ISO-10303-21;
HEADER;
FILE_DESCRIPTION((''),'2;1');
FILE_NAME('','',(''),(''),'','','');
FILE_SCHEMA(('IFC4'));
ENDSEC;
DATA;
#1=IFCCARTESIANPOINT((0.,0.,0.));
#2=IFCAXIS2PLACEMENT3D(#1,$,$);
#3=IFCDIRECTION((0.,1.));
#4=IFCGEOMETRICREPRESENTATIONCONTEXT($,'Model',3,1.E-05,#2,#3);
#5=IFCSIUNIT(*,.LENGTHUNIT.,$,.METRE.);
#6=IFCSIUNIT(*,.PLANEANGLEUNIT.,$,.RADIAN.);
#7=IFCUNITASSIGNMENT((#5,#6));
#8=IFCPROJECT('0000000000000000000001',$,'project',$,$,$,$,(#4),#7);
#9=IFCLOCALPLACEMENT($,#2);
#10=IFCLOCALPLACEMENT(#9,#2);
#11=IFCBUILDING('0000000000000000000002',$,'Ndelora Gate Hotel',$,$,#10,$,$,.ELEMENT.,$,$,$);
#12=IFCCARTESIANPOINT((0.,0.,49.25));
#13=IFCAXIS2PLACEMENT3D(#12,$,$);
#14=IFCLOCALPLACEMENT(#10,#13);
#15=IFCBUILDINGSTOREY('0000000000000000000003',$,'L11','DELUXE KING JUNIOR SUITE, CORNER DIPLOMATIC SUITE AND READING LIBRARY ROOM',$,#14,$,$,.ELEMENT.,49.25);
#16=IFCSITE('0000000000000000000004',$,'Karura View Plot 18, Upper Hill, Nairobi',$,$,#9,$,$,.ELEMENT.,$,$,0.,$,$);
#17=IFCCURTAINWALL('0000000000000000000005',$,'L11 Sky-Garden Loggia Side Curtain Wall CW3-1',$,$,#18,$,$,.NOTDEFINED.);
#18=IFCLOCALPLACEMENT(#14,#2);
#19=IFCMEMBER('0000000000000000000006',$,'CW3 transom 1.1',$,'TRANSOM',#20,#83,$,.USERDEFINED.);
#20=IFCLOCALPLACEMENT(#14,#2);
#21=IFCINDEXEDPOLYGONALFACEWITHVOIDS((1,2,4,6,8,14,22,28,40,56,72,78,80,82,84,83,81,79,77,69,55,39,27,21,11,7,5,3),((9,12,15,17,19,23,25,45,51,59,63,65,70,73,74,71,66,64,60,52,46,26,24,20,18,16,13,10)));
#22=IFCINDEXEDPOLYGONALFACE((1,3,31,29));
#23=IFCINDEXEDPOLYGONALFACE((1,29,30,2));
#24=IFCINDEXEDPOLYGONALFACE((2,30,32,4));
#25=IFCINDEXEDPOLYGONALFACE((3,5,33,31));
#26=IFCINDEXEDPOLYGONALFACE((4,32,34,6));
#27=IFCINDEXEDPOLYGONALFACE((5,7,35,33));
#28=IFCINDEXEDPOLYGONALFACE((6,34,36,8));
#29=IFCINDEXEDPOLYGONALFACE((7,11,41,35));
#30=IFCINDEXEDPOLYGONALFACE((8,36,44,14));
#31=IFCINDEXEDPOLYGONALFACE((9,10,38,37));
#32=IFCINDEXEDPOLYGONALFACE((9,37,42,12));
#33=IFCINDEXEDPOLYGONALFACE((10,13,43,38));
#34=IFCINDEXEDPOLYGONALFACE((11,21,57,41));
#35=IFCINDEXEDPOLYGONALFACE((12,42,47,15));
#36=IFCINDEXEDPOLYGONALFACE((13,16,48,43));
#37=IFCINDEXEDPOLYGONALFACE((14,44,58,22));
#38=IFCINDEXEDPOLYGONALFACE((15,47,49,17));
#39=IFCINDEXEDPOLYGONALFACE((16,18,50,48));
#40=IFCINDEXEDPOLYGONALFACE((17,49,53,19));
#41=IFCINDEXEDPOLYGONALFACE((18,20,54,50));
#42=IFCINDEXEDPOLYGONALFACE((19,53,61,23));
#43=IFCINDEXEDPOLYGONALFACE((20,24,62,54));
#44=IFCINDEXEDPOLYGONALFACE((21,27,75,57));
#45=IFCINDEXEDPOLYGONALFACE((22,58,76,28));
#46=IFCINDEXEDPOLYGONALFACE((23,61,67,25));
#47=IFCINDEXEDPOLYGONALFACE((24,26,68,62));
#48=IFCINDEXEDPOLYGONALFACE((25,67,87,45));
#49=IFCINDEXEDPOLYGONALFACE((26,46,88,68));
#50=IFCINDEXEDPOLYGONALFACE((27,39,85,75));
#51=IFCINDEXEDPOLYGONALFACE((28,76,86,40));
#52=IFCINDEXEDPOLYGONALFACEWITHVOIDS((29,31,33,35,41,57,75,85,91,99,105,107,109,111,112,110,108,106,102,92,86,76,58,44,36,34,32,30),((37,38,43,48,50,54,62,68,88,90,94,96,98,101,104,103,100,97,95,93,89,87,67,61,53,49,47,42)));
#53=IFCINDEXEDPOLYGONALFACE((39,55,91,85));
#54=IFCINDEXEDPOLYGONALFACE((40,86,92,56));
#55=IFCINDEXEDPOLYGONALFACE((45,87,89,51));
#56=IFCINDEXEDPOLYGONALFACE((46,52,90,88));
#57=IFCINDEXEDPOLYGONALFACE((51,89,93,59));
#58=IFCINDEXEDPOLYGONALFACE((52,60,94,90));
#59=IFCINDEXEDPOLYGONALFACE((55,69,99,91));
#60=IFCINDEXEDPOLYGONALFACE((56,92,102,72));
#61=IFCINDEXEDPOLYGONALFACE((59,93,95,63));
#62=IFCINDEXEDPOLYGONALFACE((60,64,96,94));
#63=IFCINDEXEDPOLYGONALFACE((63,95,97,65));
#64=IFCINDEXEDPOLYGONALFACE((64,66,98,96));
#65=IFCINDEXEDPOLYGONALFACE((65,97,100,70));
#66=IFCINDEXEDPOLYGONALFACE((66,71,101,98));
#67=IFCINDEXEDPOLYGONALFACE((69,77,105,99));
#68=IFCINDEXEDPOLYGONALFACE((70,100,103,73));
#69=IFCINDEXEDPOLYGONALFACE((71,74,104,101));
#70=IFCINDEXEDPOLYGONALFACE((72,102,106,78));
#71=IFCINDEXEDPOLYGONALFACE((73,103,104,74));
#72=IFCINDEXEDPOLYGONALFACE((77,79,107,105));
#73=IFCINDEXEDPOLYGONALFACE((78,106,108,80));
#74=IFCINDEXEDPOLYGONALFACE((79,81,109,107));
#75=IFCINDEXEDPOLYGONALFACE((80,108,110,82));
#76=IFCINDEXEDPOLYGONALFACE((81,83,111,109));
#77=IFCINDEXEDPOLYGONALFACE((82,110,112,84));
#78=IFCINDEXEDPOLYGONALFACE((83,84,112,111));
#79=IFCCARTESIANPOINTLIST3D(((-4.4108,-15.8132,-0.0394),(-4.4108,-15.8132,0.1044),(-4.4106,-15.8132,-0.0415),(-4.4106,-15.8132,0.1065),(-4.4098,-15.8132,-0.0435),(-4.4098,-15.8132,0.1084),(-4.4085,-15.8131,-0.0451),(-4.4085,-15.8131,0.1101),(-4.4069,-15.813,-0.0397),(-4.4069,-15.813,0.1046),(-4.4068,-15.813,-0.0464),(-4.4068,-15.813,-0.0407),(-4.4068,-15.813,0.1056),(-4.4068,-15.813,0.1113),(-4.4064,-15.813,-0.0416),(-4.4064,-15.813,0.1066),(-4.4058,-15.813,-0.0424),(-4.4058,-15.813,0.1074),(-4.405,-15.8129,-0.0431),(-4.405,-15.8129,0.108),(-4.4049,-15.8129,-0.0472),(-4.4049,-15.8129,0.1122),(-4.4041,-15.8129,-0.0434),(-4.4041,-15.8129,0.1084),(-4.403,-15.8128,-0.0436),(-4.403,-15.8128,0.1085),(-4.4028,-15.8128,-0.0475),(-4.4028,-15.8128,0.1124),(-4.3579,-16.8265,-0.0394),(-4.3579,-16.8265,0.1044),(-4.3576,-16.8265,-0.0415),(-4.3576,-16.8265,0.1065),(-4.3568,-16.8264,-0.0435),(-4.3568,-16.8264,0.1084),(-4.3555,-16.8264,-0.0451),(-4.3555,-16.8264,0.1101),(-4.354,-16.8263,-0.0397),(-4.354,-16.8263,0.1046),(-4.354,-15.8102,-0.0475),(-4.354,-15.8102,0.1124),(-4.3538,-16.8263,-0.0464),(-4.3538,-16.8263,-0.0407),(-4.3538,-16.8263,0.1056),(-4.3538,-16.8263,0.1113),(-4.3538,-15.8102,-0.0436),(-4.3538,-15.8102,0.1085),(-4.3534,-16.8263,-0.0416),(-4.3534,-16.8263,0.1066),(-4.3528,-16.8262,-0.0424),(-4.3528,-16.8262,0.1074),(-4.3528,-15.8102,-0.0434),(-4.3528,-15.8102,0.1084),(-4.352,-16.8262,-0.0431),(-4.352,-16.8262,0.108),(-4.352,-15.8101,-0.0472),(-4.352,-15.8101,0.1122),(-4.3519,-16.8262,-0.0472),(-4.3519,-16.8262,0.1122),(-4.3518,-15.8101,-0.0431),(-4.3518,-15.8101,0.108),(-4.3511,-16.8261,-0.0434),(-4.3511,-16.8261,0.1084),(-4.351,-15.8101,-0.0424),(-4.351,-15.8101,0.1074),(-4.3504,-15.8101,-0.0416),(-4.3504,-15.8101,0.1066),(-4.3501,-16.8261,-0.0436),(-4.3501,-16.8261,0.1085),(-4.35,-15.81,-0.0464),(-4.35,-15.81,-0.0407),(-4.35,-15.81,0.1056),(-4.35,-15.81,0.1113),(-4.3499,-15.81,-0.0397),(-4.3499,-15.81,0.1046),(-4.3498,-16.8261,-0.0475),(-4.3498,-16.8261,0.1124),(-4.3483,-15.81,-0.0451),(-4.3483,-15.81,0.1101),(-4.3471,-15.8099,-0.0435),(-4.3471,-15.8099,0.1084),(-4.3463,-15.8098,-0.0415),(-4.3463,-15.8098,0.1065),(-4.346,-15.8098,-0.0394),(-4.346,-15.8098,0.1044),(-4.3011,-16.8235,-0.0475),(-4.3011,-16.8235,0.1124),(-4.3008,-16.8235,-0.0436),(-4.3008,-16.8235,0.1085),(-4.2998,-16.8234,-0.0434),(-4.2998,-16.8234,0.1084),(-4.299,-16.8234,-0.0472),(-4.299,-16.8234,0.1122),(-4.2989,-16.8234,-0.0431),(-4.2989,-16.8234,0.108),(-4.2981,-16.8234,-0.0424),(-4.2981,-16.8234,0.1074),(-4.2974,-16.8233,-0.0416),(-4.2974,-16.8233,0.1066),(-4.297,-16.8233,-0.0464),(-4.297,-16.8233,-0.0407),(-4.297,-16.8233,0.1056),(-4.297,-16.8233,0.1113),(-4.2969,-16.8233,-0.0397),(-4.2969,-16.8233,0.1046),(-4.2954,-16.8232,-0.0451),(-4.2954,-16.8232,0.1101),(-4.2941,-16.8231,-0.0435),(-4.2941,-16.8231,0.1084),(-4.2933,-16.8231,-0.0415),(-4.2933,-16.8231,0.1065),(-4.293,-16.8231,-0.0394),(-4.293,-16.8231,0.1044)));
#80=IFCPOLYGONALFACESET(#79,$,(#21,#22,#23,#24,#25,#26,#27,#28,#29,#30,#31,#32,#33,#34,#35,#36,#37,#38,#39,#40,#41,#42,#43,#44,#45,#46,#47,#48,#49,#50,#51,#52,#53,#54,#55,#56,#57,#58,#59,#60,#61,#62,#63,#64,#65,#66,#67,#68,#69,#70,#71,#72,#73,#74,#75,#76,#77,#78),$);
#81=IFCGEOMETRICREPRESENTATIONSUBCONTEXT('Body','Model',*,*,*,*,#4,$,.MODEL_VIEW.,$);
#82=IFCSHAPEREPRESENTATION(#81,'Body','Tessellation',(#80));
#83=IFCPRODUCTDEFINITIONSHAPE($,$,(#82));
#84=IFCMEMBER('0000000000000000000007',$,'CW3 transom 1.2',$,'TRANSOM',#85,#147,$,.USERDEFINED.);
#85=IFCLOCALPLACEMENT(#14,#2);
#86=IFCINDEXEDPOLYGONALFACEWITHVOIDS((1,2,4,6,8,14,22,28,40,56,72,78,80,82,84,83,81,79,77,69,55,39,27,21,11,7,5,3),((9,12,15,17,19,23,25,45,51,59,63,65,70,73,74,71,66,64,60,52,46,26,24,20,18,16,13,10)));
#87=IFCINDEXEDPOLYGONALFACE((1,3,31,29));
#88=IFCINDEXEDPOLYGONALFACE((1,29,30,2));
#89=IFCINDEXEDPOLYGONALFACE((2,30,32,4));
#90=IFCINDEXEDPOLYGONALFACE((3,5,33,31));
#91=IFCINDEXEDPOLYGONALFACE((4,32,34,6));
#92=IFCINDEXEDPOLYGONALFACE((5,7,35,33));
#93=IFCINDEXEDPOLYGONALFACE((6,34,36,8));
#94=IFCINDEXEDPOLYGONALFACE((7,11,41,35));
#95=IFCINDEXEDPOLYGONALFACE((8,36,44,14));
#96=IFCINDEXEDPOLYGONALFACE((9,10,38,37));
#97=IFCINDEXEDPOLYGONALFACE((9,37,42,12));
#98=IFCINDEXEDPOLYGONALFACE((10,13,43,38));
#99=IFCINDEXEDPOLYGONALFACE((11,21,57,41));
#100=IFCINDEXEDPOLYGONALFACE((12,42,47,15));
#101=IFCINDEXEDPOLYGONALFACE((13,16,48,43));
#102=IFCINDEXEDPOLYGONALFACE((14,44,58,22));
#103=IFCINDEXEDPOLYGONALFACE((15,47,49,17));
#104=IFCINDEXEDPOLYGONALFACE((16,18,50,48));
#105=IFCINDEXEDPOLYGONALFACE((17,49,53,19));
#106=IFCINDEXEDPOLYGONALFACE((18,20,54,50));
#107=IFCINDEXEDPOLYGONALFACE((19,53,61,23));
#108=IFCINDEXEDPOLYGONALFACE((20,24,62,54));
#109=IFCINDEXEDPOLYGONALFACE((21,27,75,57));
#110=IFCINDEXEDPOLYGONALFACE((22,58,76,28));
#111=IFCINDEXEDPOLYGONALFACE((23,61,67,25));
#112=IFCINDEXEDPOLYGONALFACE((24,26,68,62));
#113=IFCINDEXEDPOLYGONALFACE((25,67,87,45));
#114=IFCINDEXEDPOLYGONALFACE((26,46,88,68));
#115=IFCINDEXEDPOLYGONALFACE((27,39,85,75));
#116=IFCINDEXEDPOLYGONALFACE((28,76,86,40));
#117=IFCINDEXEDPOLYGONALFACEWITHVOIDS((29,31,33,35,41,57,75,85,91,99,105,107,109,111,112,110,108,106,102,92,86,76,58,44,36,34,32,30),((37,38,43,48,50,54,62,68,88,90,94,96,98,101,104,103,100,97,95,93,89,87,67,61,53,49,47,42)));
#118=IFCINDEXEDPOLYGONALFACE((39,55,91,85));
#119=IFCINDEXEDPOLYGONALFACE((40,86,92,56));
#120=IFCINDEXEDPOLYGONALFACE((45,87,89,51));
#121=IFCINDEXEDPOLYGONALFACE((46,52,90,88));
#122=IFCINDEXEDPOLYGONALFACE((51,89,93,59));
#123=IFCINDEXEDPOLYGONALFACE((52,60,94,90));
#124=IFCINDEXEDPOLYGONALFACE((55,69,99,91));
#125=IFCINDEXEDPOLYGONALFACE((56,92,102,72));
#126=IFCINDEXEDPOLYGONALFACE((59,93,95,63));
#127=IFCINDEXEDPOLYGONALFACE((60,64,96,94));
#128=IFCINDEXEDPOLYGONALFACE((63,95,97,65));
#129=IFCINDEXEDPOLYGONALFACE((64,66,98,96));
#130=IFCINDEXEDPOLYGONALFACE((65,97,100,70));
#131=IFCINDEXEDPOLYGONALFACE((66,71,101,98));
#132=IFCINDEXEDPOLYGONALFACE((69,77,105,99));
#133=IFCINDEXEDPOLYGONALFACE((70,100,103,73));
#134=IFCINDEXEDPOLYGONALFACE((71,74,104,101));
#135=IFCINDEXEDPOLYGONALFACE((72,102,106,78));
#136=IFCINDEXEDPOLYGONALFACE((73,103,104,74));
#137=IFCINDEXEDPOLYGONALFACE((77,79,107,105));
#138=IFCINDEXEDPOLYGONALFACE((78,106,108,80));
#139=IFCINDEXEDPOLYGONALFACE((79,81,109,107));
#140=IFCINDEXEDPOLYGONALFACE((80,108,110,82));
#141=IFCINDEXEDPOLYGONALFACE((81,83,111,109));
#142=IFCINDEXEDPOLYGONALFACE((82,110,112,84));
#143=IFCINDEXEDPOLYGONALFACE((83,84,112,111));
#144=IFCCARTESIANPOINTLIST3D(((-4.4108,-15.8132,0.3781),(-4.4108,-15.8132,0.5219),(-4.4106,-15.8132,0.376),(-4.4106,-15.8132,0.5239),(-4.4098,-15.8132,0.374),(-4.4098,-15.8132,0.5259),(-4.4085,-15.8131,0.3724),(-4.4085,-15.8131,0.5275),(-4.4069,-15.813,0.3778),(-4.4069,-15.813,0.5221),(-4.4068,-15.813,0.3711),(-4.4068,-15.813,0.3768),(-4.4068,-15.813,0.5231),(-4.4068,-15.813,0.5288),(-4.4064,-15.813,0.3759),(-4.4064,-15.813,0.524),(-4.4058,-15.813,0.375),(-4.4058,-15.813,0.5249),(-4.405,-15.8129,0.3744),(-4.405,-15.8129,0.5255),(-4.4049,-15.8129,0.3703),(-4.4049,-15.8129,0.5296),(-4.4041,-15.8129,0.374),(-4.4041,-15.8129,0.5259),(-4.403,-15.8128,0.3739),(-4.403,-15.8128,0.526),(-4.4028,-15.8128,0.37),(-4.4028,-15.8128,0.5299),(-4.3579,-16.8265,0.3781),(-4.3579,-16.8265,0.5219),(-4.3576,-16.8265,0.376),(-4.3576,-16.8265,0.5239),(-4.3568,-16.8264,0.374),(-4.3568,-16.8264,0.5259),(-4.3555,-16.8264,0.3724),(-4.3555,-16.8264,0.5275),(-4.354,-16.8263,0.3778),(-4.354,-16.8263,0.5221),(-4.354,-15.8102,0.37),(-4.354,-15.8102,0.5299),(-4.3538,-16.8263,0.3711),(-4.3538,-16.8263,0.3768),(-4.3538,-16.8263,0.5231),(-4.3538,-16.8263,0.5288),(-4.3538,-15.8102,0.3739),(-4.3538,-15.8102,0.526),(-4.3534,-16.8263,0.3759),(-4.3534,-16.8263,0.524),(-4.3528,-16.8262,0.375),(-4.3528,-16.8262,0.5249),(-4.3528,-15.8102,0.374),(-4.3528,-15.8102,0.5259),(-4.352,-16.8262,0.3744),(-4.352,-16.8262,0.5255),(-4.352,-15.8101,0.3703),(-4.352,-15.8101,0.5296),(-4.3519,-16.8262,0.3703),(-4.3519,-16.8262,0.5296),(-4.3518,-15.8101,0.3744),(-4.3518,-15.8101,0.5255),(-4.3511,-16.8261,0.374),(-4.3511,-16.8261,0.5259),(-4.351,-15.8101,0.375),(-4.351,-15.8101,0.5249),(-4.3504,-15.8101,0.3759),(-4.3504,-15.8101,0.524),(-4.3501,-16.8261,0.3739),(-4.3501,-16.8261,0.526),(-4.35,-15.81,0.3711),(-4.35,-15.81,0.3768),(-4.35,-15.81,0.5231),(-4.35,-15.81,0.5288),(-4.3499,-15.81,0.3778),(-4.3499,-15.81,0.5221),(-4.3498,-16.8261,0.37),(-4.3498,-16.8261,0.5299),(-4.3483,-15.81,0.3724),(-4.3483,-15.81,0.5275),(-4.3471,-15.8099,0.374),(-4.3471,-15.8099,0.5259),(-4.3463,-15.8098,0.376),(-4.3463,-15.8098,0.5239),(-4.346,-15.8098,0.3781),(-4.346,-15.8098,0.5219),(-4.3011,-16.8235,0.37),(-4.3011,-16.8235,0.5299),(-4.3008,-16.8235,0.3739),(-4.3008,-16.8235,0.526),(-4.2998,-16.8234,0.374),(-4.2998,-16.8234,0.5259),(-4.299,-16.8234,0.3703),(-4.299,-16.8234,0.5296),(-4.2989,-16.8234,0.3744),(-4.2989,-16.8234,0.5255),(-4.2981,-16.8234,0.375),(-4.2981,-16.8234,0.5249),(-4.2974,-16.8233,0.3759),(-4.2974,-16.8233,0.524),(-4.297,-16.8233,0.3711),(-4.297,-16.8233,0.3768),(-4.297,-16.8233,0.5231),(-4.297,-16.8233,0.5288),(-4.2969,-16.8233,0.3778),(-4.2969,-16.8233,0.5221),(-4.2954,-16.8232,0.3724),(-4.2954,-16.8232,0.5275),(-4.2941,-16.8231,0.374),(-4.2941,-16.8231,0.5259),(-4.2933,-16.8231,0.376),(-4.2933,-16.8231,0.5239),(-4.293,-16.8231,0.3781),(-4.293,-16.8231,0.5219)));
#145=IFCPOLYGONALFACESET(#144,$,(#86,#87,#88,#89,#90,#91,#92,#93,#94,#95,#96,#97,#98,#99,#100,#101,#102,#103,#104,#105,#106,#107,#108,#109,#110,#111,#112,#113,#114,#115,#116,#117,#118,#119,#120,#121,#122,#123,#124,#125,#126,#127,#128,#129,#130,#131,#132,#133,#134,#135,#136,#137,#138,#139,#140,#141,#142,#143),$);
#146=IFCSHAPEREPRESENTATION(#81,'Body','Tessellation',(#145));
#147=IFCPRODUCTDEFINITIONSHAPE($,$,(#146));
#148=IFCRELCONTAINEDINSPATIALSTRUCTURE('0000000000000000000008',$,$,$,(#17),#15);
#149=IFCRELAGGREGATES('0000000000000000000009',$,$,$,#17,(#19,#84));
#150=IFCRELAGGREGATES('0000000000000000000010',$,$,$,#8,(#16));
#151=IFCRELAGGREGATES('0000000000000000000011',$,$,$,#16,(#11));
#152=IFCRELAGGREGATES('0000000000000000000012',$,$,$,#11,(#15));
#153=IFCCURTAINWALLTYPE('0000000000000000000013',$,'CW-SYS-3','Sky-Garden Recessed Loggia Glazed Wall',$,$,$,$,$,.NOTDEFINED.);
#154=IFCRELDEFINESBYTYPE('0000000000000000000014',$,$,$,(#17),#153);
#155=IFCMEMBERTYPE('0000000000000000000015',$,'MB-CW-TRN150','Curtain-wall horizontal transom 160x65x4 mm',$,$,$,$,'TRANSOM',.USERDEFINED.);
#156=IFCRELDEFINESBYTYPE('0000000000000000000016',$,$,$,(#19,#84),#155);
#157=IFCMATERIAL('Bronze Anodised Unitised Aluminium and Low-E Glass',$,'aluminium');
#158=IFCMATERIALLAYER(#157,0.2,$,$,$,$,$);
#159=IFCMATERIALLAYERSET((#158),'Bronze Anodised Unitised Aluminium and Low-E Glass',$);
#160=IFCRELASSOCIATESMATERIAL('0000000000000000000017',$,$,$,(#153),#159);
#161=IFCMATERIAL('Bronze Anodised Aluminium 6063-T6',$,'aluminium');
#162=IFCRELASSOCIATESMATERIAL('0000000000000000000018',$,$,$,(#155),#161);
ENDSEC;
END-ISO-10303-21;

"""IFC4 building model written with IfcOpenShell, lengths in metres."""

from ifc_helpers import new_model, si_unit, direction, frame, origin, origin_2d, place, context, subcontext, project, spatial, hollow_rectangle, extrude, material, layer, layer_set, material_profile, profile_set, type_object, element, aggregate, save


model = new_model("IFC4")

# Units and contexts
model_context = context("Model", 3, precision=1e-05, world=origin(), true_north=direction((0.0, 1.0)))
body_context = subcontext(model_context, "Body", "Model", "MODEL_VIEW")
ifc_project = project(units=[si_unit("LENGTHUNIT", "METRE"), si_unit("PLANEANGLEUNIT", "RADIAN")], contexts=[model_context])

# Site, building, storey
site_placement = place(None, origin())
site = spatial("IfcSite", under=ifc_project, at=site_placement, Name="Karura View Plot 18, Upper Hill, Nairobi", CompositionType="ELEMENT", RefElevation=0.0)
building_placement = place(site_placement, origin())
building = spatial("IfcBuilding", under=site, at=building_placement, Name="Ndelora Gate Hotel", CompositionType="ELEMENT")
storey_placement = place(building_placement, frame((0.0, 0.0, 49.25)))
storey = spatial("IfcBuildingStorey", under=building, at=storey_placement, Name="L11", Description="DELUXE KING JUNIOR SUITE, CORNER DIPLOMATIC SUITE AND READING LIBRARY ROOM", CompositionType="ELEMENT", Elevation=49.25)

# Curtain wall, members
ifc_material_1 = material(Name="Bronze Anodised Unitised Aluminium and Low-E Glass", Category="aluminium")
ifc_layer_1 = layer(ifc_material_1, 0.2)
ifc_layer_set_1 = layer_set([ifc_layer_1], Name="Bronze Anodised Unitised Aluminium and Low-E Glass")
curtain_wall_type = type_object("IfcCurtainWallType", Name="CW-SYS-3", Description="Sky-Garden Recessed Loggia Glazed Wall", PredefinedType="NOTDEFINED", material=ifc_layer_set_1)
curtain_wall_placement = place(storey_placement, origin())
curtain_wall = element("IfcCurtainWall", 1, at=curtain_wall_placement, inside=storey, type_object=curtain_wall_type, Name="L11 Sky-Garden Loggia Side Curtain Wall CW3-1", PredefinedType="NOTDEFINED")
ifc_material_2 = material(Name="Bronze Anodised Aluminium 6063-T6", Category="aluminium")
ifc_material_profile_1 = material_profile(ifc_material_2, hollow_rectangle(XDim=0.0649, YDim=0.1599, WallThickness=0.0039, InnerFilletRadius=0.0039, OuterFilletRadius=0.0081, at=origin_2d()), Name="ALU 160x65x4")
ifc_profile_set_1 = profile_set([ifc_material_profile_1], Name="Bronze Anodised Aluminium 6063-T6")
member_type_1 = type_object("IfcMemberType", Name="MB-CW-TRN150", Description="Curtain-wall horizontal transom 160x65x4 mm", ElementType="TRANSOM", PredefinedType="USERDEFINED", material=ifc_profile_set_1)
member_1_placement = place(storey_placement, frame((-4.3784, -15.8115, 0.0325), z_axis=(0.052218, -0.998636, 0.0), x_axis=(0.998636, 0.052218, 0.0)))
member_1 = element("IfcMember", 2, at=member_1_placement, type_object=member_type_1, Name="CW3 transom 1.1", ObjectType="TRANSOM", PredefinedType="USERDEFINED", context=body_context, shape_type="SweptSolid", body=[
    extrude(hollow_rectangle(XDim=0.0649, YDim=0.1599, WallThickness=0.0039, InnerFilletRadius=0.0039, OuterFilletRadius=0.0081, at=origin_2d()), origin(), (0.0, 0.0, 1.0), 1.0146),
])
member_2_placement = place(storey_placement, frame((-4.3784, -15.8115, 0.45), z_axis=(0.052218, -0.998636, 0.0), x_axis=(0.998636, 0.052218, 0.0)))
member_2 = element("IfcMember", 3, at=member_2_placement, type_object=member_type_1, Name="CW3 transom 1.2", ObjectType="TRANSOM", PredefinedType="USERDEFINED", context=body_context, shape_type="SweptSolid", body=[
    extrude(hollow_rectangle(XDim=0.0649, YDim=0.1599, WallThickness=0.0039, InnerFilletRadius=0.0039, OuterFilletRadius=0.0081, at=origin_2d()), origin(), (0.0, 0.0, 1.0), 1.0146),
])
aggregate(curtain_wall, [member_1, member_2])

save(model, "model.ifc")
